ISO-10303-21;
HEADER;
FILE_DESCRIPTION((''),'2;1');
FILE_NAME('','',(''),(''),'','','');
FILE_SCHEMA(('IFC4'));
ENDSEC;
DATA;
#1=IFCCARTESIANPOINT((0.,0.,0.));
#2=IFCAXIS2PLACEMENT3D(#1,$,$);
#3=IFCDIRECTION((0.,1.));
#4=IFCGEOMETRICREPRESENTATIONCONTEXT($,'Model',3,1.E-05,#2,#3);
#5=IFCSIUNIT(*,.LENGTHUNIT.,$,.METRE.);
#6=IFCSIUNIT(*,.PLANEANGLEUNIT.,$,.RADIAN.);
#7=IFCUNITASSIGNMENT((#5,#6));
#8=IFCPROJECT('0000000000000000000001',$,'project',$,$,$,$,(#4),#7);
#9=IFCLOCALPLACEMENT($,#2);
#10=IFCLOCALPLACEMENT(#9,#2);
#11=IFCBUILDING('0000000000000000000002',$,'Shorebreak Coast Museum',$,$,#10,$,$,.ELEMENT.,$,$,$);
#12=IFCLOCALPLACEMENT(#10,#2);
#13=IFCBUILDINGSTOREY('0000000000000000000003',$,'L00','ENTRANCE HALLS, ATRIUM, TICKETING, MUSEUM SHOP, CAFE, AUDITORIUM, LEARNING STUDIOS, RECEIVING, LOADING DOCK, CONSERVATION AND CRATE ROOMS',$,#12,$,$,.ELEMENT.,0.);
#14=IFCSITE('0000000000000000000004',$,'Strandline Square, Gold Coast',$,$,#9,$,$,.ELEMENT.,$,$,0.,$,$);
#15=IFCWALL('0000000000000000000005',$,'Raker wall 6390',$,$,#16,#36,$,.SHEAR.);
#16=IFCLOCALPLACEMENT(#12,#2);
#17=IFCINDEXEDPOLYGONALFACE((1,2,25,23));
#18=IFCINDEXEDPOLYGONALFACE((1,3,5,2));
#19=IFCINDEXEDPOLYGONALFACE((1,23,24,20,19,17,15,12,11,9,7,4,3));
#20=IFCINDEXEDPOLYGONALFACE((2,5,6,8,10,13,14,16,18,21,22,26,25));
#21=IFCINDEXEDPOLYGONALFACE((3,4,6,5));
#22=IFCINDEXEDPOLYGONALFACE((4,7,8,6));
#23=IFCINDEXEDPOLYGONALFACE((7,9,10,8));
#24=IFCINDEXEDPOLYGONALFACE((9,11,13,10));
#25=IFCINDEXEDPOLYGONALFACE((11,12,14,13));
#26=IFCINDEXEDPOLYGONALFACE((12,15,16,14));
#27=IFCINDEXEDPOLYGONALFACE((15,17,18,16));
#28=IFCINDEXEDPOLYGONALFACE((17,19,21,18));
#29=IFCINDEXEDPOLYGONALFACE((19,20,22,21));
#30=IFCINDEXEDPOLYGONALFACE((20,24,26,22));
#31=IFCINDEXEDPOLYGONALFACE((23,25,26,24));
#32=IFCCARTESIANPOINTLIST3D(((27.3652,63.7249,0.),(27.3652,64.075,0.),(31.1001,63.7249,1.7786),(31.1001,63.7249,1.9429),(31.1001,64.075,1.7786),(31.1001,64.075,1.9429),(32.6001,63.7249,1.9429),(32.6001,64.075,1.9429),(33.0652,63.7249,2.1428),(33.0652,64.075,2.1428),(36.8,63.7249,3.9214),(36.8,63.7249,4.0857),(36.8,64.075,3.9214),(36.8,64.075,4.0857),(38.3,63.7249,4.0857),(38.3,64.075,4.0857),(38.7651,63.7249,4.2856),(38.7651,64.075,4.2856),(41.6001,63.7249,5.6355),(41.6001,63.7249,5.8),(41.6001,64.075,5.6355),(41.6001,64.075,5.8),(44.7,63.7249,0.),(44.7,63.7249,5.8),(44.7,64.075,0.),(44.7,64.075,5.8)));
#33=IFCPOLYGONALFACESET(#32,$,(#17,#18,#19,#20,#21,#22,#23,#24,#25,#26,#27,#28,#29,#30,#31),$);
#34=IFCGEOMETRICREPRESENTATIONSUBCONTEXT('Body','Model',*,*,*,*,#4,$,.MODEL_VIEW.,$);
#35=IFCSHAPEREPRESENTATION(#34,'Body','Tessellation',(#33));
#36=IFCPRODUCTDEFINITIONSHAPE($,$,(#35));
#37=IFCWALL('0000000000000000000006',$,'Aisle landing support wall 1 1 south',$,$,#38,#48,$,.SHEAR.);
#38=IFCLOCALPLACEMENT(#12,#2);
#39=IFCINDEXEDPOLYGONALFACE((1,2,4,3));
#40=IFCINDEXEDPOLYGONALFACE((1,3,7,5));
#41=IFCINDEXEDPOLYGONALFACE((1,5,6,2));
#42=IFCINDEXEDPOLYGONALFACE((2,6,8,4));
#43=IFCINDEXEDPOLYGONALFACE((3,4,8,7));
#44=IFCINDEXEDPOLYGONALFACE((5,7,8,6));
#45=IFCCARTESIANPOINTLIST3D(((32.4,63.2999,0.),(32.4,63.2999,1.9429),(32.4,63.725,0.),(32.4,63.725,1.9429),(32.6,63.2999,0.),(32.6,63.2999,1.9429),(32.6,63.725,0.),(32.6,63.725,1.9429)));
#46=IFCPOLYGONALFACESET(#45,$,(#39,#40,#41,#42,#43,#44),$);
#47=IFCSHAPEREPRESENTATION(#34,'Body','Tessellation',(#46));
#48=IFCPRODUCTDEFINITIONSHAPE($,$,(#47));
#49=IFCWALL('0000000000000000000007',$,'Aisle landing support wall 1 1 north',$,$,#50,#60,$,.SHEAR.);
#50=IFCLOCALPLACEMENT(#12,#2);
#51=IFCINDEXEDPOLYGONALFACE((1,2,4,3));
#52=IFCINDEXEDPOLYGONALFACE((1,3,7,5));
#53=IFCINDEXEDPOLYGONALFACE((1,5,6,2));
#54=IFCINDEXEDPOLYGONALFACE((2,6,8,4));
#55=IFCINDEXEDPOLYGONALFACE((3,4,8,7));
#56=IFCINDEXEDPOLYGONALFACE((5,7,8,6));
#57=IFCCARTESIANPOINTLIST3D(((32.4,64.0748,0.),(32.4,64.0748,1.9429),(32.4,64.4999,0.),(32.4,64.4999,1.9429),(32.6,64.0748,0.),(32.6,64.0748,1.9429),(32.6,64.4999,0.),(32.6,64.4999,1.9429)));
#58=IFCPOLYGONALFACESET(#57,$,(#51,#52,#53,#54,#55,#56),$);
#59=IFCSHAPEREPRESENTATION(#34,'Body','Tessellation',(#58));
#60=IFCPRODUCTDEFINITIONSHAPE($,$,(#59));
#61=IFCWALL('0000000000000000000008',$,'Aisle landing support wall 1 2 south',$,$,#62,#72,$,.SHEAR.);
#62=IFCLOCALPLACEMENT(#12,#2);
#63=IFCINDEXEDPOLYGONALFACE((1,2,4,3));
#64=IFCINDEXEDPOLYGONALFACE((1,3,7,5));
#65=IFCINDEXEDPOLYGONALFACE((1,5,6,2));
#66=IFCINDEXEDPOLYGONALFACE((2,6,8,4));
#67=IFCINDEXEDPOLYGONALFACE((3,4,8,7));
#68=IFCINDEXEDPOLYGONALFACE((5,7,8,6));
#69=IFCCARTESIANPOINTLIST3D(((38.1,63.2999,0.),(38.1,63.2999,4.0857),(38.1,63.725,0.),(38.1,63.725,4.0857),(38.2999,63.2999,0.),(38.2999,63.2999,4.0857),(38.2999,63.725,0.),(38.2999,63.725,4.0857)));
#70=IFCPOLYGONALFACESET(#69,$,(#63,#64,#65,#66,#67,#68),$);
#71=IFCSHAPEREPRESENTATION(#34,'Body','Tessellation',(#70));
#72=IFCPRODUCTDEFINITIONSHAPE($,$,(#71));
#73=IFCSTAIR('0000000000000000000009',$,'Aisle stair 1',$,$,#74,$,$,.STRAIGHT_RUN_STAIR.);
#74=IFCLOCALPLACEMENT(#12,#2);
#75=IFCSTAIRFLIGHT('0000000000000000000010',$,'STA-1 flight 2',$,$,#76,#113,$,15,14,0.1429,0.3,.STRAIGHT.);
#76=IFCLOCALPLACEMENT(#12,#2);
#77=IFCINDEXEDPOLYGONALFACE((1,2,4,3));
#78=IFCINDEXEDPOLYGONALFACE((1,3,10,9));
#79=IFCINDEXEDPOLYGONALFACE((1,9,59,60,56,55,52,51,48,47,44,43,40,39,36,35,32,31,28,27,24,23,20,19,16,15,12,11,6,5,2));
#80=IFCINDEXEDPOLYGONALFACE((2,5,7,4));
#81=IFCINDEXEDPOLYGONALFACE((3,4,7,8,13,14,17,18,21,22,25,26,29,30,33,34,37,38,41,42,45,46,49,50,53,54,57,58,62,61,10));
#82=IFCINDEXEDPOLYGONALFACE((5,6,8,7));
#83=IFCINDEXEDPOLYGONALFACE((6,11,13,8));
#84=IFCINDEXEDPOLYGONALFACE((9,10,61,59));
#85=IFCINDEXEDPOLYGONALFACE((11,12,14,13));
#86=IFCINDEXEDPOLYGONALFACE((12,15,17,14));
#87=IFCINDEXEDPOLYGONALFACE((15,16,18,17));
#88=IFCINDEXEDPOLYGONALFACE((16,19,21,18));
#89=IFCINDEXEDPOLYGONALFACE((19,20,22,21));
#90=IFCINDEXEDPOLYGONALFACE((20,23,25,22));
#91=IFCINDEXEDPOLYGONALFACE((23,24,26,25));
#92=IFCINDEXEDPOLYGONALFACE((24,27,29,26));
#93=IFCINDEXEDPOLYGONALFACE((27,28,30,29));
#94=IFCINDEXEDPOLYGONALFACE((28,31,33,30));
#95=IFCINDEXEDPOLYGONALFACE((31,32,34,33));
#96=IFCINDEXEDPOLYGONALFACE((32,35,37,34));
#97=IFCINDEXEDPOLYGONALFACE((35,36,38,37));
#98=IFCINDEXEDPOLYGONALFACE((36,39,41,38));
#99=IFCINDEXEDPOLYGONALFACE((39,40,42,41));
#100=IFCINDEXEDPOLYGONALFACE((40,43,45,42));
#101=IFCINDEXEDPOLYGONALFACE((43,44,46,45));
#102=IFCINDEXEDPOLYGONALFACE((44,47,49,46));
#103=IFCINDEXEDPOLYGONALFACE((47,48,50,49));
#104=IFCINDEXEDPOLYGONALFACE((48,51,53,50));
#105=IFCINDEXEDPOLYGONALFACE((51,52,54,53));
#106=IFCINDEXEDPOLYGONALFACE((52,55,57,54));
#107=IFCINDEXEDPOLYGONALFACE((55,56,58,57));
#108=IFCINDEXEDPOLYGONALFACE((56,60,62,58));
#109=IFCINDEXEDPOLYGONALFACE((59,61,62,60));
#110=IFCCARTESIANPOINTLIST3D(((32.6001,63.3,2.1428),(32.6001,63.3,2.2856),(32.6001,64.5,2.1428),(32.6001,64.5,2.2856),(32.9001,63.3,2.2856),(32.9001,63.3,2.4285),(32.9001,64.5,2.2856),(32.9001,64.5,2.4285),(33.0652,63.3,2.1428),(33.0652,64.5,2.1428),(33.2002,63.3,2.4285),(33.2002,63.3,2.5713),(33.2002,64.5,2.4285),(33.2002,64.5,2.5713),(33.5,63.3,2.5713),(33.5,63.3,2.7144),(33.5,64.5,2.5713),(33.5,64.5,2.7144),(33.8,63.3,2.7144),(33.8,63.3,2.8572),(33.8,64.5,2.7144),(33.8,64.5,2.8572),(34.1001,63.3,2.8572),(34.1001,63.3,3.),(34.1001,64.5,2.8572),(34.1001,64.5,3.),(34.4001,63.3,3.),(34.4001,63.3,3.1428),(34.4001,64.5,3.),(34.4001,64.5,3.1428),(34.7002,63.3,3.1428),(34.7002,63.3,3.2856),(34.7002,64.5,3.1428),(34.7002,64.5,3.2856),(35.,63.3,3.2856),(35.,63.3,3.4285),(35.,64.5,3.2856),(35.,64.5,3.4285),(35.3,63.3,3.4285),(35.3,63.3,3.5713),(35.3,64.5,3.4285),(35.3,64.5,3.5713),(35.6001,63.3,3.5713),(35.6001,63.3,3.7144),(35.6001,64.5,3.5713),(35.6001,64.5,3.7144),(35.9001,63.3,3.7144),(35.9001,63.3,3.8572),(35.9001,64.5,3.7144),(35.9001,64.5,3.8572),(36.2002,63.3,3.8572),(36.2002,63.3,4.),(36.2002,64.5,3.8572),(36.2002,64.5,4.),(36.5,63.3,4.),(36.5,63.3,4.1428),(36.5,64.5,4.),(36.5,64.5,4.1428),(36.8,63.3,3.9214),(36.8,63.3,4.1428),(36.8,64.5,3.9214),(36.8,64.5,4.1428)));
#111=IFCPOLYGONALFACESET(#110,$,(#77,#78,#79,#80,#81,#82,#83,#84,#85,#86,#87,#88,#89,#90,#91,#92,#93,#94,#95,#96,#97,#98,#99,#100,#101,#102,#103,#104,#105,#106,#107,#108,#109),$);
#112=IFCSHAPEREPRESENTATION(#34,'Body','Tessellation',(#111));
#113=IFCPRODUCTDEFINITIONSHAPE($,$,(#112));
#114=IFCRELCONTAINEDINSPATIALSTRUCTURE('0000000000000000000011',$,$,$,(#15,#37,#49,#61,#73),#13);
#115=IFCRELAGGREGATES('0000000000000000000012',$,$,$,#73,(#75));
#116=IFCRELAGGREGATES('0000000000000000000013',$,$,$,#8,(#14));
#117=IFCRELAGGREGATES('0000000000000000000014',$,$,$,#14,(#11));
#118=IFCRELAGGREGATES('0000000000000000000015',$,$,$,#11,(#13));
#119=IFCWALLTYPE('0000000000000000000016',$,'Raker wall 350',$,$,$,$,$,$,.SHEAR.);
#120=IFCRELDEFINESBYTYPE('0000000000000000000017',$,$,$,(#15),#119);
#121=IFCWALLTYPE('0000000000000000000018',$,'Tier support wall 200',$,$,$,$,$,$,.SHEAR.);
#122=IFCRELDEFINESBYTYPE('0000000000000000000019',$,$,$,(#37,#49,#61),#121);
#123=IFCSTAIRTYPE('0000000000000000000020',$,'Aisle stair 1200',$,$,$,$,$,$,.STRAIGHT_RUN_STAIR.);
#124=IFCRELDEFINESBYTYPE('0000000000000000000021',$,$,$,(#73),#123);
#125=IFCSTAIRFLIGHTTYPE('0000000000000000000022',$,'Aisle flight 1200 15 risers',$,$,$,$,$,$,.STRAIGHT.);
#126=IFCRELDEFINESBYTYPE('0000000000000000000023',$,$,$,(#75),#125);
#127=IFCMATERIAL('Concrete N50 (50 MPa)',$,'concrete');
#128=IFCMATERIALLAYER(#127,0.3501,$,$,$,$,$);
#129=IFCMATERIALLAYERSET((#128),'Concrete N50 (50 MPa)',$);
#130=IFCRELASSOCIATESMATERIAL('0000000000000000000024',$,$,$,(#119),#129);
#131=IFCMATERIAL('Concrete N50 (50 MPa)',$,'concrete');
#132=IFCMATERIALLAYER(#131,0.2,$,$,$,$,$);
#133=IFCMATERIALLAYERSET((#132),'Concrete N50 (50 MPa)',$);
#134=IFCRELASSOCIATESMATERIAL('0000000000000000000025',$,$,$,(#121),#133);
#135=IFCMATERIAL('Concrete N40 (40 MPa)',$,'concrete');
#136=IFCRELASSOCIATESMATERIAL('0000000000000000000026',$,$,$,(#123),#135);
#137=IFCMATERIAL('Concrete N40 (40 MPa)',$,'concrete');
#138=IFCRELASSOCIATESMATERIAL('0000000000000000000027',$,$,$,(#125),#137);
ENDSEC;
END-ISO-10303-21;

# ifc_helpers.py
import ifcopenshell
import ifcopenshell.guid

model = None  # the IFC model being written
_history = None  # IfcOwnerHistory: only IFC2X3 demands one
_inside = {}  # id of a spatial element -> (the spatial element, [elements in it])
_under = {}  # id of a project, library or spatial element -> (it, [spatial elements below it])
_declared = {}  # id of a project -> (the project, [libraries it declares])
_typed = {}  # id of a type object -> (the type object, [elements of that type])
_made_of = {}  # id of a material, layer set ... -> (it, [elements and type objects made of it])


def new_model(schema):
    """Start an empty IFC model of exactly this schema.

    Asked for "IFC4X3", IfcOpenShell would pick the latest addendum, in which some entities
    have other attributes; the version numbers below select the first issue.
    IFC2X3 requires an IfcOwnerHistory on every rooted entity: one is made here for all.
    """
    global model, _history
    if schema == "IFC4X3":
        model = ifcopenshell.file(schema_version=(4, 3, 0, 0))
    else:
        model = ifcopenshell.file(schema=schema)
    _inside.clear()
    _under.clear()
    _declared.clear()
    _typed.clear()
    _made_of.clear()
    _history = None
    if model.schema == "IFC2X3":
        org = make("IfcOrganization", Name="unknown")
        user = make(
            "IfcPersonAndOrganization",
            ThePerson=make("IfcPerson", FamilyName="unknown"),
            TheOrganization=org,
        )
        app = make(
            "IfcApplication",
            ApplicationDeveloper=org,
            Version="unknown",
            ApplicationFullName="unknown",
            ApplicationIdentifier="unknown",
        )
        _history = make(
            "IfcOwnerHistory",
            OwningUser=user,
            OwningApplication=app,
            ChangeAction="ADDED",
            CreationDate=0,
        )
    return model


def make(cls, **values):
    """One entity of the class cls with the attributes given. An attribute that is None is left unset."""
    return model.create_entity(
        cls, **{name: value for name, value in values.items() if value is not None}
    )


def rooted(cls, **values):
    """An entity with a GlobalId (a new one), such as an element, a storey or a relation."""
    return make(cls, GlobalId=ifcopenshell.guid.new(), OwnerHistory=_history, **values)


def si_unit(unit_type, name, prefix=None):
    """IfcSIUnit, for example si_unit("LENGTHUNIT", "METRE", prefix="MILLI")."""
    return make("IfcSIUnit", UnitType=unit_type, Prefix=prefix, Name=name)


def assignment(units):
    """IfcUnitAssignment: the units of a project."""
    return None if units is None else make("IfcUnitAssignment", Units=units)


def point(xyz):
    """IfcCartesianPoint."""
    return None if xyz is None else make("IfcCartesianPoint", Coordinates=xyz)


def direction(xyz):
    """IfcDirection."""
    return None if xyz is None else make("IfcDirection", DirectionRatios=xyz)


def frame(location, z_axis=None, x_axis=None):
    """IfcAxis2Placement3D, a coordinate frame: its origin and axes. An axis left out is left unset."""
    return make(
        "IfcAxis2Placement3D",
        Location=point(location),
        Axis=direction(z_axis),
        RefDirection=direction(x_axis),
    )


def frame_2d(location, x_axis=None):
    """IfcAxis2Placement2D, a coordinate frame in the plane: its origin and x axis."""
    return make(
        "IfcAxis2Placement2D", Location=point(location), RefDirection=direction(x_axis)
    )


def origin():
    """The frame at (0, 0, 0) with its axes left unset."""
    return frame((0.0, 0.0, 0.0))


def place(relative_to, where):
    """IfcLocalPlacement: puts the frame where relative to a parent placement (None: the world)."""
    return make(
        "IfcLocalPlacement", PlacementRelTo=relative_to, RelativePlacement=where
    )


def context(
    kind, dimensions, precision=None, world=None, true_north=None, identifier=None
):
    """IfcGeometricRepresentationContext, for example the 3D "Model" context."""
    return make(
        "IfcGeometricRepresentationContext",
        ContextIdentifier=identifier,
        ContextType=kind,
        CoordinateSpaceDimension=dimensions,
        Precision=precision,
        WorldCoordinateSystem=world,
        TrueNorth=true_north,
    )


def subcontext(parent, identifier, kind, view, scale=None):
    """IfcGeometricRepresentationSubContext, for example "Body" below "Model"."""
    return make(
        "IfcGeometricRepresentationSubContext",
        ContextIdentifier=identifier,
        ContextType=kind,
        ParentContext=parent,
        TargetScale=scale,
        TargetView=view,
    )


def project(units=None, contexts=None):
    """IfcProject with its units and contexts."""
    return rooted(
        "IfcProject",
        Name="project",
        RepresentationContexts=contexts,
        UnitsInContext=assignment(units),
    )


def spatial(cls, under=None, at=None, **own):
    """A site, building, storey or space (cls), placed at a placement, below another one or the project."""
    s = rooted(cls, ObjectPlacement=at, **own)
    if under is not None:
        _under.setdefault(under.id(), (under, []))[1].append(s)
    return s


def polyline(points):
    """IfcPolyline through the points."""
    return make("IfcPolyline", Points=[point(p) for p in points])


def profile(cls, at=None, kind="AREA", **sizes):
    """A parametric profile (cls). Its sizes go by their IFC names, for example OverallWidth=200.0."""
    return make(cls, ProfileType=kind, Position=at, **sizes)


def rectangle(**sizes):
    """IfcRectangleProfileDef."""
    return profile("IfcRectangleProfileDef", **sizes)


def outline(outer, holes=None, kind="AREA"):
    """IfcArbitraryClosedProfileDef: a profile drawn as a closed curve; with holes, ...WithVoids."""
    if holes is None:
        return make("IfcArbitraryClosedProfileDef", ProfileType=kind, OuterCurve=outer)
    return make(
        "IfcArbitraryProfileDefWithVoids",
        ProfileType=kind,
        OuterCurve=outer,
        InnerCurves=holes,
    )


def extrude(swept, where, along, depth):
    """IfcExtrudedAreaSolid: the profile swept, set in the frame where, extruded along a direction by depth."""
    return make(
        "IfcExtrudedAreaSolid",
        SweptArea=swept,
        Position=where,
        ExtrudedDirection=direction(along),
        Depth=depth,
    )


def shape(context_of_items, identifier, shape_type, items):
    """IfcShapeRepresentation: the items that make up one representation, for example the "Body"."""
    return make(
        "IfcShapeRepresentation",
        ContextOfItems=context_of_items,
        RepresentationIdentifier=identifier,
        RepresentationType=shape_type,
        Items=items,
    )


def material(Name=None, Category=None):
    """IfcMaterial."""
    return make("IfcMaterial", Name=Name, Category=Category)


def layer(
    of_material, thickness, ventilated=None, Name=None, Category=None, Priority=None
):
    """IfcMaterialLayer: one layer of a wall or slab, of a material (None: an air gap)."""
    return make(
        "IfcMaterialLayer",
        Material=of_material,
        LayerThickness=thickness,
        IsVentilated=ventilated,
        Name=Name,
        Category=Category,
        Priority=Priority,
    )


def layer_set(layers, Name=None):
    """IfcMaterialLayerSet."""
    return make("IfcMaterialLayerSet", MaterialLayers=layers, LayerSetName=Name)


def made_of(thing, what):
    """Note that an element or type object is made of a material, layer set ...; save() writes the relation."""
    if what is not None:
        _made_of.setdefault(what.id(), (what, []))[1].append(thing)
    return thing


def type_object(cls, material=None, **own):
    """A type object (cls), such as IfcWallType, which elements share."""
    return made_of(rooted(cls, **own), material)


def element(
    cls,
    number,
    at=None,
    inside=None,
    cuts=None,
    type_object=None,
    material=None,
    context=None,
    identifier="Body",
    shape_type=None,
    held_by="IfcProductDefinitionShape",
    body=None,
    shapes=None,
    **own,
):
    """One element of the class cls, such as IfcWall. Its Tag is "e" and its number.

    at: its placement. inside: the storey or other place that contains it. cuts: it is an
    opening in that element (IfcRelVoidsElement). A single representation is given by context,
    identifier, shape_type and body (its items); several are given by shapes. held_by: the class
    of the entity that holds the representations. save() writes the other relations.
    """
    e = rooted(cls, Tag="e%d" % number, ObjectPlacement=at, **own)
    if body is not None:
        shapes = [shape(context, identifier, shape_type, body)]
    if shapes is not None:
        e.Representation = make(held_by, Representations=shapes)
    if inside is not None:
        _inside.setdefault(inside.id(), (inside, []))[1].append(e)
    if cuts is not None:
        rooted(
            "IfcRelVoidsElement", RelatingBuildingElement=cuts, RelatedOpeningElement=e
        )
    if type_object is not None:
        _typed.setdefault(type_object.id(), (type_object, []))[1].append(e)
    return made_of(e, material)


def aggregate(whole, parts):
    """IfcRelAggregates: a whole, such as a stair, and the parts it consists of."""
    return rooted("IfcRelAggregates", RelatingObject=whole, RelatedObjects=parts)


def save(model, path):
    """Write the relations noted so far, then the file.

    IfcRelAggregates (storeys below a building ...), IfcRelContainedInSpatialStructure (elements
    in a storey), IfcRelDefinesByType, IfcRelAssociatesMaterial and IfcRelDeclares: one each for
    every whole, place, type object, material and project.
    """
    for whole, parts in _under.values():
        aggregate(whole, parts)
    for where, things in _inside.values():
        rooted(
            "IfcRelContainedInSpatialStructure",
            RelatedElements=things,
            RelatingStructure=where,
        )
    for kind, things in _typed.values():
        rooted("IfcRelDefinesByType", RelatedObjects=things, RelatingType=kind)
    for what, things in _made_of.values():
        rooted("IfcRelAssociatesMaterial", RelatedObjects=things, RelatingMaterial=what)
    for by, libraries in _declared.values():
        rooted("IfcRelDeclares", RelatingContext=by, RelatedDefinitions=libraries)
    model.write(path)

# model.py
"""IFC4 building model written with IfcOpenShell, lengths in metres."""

from ifc_helpers import new_model, si_unit, direction, frame, frame_2d, origin, place, context, subcontext, project, spatial, polyline, rectangle, outline, extrude, material, layer, layer_set, type_object, element, aggregate, save


model = new_model("IFC4")

# Units and contexts
model_context = context("Model", 3, precision=1e-05, world=origin(), true_north=direction((0.0, 1.0)))
body_context = subcontext(model_context, "Body", "Model", "MODEL_VIEW")
ifc_project = project(units=[si_unit("LENGTHUNIT", "METRE"), si_unit("PLANEANGLEUNIT", "RADIAN")], contexts=[model_context])

# Site, building, storey
site_placement = place(None, origin())
site = spatial("IfcSite", under=ifc_project, at=site_placement, Name="Strandline Square, Gold Coast", CompositionType="ELEMENT", RefElevation=0.0)
building_placement = place(site_placement, origin())
building = spatial("IfcBuilding", under=site, at=building_placement, Name="Shorebreak Coast Museum", CompositionType="ELEMENT")
storey_placement = place(building_placement, origin())
storey = spatial("IfcBuildingStorey", under=building, at=storey_placement, Name="L00", Description="ENTRANCE HALLS, ATRIUM, TICKETING, MUSEUM SHOP, CAFE, AUDITORIUM, LEARNING STUDIOS, RECEIVING, LOADING DOCK, CONSERVATION AND CRATE ROOMS", CompositionType="ELEMENT", Elevation=0.0)

# Walls
ifc_material_1 = material(Name="Concrete N50 (50 MPa)", Category="concrete")
ifc_layer_1 = layer(ifc_material_1, 0.3501)
ifc_layer_set_1 = layer_set([ifc_layer_1], Name="Concrete N50 (50 MPa)")
wall_type_1 = type_object("IfcWallType", Name="Raker wall 350", PredefinedType="SHEAR", material=ifc_layer_set_1)
wall_1_placement = place(storey_placement, frame((27.3652, 63.8999, 0.0), z_axis=(0.0, 0.0, 1.0), x_axis=(1.0, 0.0, 0.0)))
element("IfcWall", 1, at=wall_1_placement, inside=storey, type_object=wall_type_1, Name="Raker wall 6390", PredefinedType="SHEAR", context=body_context, shape_type="SweptSolid", body=[
    extrude(outline(polyline([(0.0, 0.0), (17.3347, 0.0), (17.3347, 5.8), (14.2349, 5.8), (14.2349, 5.6355), (11.3999, 4.2856), (10.9348, 4.0857), (9.4348, 4.0857), (9.4348, 3.9214), (5.7, 2.1428), (5.2349, 1.9429), (3.7349, 1.9429), (3.7349, 1.7786), (0.0, 0.0), (0.0, 0.0)])), frame((0.0, 0.175, 0.0), z_axis=(0.0, -1.0, 0.0), x_axis=(1.0, 0.0, 0.0)), (0.0, 0.0, 1.0), 0.3501),
])
ifc_material_2 = material(Name="Concrete N50 (50 MPa)", Category="concrete")
ifc_layer_2 = layer(ifc_material_2, 0.2)
ifc_layer_set_2 = layer_set([ifc_layer_2], Name="Concrete N50 (50 MPa)")
wall_type_2 = type_object("IfcWallType", Name="Tier support wall 200", PredefinedType="SHEAR", material=ifc_layer_set_2)
for number, where, z_axis, x_axis, name in (
    (2, (32.5, 63.3, 0.0), (0.0, 0.0, 1.0), (0.0, 1.0, 0.0), "Aisle landing support wall 1 1 south"),
    (3, (32.5, 64.075, 0.0), (0.0, 0.0, 1.0), (0.0, 1.0, 0.0), "Aisle landing support wall 1 1 north"),
):
    element("IfcWall", number, at=place(storey_placement, frame(where, z_axis=z_axis, x_axis=x_axis)), inside=storey, type_object=wall_type_2, Name=name, PredefinedType="SHEAR", context=body_context, shape_type="SweptSolid", body=[
        extrude(rectangle(XDim=0.425, YDim=0.2, at=frame_2d((0.2124, 0.0))), origin(), (0.0, 0.0, 1.0), 1.9429),
    ])
wall_2_placement = place(storey_placement, frame((38.2, 63.3, 0.0), z_axis=(0.0, 0.0, 1.0), x_axis=(0.0, 1.0, 0.0)))
element("IfcWall", 4, at=wall_2_placement, inside=storey, type_object=wall_type_2, Name="Aisle landing support wall 1 2 south", PredefinedType="SHEAR", context=body_context, shape_type="SweptSolid", body=[
    extrude(rectangle(XDim=0.425, YDim=0.2, at=frame_2d((0.2124, 0.0))), origin(), (0.0, 0.0, 1.0), 4.0857),
])

# Stair, stair flight
ifc_material_3 = material(Name="Concrete N40 (40 MPa)", Category="concrete")
stair_type = type_object("IfcStairType", Name="Aisle stair 1200", PredefinedType="STRAIGHT_RUN_STAIR", material=ifc_material_3)
stair_placement = place(storey_placement, origin())
stair = element("IfcStair", 5, at=stair_placement, inside=storey, type_object=stair_type, Name="Aisle stair 1", PredefinedType="STRAIGHT_RUN_STAIR")
ifc_material_4 = material(Name="Concrete N40 (40 MPa)", Category="concrete")
stair_flight_type = type_object("IfcStairFlightType", Name="Aisle flight 1200 15 risers", PredefinedType="STRAIGHT", material=ifc_material_4)
stair_flight_placement = place(storey_placement, frame((32.6001, 63.8999, 2.1428), z_axis=(0.0, 0.0, 1.0), x_axis=(1.0, 0.0, 0.0)))
stair_flight = element("IfcStairFlight", 6, at=stair_flight_placement, type_object=stair_flight_type, Name="STA-1 flight 2", NumberOfRisers=15, NumberOfTreads=14, PredefinedType="STRAIGHT", RiserHeight=0.1429, TreadLength=0.3, context=body_context, shape_type="SweptSolid", body=[
    extrude(outline(polyline([(0.0, 0.0), (0.0, 0.1428), (0.3, 0.1428), (0.3, 0.2856), (0.6001, 0.2856), (0.6001, 0.4285), (0.8999, 0.4285), (0.8999, 0.5715), (1.2, 0.5715), (1.2, 0.7144), (1.5, 0.7144), (1.5, 0.8572), (1.8, 0.8572), (1.8, 1.0), (2.1001, 1.0), (2.1001, 1.1428), (2.3999, 1.1428), (2.3999, 1.2856), (2.7, 1.2856), (2.7, 1.4285), (3.0, 1.4285), (3.0, 1.5715), (3.3, 1.5715), (3.3, 1.7144), (3.6001, 1.7144), (3.6001, 1.8572), (3.8999, 1.8572), (3.8999, 2.0), (4.2, 2.0), (4.2, 2.1428), (4.2, 1.7786), (0.4651, 0.0), (0.0, 0.0)])), frame((0.0, 0.6001, 0.0), z_axis=(0.0, -1.0, 0.0), x_axis=(1.0, 0.0, 0.0)), (0.0, 0.0, 1.0), 1.2),
])
aggregate(stair, [stair_flight])

save(model, "model.ifc")
